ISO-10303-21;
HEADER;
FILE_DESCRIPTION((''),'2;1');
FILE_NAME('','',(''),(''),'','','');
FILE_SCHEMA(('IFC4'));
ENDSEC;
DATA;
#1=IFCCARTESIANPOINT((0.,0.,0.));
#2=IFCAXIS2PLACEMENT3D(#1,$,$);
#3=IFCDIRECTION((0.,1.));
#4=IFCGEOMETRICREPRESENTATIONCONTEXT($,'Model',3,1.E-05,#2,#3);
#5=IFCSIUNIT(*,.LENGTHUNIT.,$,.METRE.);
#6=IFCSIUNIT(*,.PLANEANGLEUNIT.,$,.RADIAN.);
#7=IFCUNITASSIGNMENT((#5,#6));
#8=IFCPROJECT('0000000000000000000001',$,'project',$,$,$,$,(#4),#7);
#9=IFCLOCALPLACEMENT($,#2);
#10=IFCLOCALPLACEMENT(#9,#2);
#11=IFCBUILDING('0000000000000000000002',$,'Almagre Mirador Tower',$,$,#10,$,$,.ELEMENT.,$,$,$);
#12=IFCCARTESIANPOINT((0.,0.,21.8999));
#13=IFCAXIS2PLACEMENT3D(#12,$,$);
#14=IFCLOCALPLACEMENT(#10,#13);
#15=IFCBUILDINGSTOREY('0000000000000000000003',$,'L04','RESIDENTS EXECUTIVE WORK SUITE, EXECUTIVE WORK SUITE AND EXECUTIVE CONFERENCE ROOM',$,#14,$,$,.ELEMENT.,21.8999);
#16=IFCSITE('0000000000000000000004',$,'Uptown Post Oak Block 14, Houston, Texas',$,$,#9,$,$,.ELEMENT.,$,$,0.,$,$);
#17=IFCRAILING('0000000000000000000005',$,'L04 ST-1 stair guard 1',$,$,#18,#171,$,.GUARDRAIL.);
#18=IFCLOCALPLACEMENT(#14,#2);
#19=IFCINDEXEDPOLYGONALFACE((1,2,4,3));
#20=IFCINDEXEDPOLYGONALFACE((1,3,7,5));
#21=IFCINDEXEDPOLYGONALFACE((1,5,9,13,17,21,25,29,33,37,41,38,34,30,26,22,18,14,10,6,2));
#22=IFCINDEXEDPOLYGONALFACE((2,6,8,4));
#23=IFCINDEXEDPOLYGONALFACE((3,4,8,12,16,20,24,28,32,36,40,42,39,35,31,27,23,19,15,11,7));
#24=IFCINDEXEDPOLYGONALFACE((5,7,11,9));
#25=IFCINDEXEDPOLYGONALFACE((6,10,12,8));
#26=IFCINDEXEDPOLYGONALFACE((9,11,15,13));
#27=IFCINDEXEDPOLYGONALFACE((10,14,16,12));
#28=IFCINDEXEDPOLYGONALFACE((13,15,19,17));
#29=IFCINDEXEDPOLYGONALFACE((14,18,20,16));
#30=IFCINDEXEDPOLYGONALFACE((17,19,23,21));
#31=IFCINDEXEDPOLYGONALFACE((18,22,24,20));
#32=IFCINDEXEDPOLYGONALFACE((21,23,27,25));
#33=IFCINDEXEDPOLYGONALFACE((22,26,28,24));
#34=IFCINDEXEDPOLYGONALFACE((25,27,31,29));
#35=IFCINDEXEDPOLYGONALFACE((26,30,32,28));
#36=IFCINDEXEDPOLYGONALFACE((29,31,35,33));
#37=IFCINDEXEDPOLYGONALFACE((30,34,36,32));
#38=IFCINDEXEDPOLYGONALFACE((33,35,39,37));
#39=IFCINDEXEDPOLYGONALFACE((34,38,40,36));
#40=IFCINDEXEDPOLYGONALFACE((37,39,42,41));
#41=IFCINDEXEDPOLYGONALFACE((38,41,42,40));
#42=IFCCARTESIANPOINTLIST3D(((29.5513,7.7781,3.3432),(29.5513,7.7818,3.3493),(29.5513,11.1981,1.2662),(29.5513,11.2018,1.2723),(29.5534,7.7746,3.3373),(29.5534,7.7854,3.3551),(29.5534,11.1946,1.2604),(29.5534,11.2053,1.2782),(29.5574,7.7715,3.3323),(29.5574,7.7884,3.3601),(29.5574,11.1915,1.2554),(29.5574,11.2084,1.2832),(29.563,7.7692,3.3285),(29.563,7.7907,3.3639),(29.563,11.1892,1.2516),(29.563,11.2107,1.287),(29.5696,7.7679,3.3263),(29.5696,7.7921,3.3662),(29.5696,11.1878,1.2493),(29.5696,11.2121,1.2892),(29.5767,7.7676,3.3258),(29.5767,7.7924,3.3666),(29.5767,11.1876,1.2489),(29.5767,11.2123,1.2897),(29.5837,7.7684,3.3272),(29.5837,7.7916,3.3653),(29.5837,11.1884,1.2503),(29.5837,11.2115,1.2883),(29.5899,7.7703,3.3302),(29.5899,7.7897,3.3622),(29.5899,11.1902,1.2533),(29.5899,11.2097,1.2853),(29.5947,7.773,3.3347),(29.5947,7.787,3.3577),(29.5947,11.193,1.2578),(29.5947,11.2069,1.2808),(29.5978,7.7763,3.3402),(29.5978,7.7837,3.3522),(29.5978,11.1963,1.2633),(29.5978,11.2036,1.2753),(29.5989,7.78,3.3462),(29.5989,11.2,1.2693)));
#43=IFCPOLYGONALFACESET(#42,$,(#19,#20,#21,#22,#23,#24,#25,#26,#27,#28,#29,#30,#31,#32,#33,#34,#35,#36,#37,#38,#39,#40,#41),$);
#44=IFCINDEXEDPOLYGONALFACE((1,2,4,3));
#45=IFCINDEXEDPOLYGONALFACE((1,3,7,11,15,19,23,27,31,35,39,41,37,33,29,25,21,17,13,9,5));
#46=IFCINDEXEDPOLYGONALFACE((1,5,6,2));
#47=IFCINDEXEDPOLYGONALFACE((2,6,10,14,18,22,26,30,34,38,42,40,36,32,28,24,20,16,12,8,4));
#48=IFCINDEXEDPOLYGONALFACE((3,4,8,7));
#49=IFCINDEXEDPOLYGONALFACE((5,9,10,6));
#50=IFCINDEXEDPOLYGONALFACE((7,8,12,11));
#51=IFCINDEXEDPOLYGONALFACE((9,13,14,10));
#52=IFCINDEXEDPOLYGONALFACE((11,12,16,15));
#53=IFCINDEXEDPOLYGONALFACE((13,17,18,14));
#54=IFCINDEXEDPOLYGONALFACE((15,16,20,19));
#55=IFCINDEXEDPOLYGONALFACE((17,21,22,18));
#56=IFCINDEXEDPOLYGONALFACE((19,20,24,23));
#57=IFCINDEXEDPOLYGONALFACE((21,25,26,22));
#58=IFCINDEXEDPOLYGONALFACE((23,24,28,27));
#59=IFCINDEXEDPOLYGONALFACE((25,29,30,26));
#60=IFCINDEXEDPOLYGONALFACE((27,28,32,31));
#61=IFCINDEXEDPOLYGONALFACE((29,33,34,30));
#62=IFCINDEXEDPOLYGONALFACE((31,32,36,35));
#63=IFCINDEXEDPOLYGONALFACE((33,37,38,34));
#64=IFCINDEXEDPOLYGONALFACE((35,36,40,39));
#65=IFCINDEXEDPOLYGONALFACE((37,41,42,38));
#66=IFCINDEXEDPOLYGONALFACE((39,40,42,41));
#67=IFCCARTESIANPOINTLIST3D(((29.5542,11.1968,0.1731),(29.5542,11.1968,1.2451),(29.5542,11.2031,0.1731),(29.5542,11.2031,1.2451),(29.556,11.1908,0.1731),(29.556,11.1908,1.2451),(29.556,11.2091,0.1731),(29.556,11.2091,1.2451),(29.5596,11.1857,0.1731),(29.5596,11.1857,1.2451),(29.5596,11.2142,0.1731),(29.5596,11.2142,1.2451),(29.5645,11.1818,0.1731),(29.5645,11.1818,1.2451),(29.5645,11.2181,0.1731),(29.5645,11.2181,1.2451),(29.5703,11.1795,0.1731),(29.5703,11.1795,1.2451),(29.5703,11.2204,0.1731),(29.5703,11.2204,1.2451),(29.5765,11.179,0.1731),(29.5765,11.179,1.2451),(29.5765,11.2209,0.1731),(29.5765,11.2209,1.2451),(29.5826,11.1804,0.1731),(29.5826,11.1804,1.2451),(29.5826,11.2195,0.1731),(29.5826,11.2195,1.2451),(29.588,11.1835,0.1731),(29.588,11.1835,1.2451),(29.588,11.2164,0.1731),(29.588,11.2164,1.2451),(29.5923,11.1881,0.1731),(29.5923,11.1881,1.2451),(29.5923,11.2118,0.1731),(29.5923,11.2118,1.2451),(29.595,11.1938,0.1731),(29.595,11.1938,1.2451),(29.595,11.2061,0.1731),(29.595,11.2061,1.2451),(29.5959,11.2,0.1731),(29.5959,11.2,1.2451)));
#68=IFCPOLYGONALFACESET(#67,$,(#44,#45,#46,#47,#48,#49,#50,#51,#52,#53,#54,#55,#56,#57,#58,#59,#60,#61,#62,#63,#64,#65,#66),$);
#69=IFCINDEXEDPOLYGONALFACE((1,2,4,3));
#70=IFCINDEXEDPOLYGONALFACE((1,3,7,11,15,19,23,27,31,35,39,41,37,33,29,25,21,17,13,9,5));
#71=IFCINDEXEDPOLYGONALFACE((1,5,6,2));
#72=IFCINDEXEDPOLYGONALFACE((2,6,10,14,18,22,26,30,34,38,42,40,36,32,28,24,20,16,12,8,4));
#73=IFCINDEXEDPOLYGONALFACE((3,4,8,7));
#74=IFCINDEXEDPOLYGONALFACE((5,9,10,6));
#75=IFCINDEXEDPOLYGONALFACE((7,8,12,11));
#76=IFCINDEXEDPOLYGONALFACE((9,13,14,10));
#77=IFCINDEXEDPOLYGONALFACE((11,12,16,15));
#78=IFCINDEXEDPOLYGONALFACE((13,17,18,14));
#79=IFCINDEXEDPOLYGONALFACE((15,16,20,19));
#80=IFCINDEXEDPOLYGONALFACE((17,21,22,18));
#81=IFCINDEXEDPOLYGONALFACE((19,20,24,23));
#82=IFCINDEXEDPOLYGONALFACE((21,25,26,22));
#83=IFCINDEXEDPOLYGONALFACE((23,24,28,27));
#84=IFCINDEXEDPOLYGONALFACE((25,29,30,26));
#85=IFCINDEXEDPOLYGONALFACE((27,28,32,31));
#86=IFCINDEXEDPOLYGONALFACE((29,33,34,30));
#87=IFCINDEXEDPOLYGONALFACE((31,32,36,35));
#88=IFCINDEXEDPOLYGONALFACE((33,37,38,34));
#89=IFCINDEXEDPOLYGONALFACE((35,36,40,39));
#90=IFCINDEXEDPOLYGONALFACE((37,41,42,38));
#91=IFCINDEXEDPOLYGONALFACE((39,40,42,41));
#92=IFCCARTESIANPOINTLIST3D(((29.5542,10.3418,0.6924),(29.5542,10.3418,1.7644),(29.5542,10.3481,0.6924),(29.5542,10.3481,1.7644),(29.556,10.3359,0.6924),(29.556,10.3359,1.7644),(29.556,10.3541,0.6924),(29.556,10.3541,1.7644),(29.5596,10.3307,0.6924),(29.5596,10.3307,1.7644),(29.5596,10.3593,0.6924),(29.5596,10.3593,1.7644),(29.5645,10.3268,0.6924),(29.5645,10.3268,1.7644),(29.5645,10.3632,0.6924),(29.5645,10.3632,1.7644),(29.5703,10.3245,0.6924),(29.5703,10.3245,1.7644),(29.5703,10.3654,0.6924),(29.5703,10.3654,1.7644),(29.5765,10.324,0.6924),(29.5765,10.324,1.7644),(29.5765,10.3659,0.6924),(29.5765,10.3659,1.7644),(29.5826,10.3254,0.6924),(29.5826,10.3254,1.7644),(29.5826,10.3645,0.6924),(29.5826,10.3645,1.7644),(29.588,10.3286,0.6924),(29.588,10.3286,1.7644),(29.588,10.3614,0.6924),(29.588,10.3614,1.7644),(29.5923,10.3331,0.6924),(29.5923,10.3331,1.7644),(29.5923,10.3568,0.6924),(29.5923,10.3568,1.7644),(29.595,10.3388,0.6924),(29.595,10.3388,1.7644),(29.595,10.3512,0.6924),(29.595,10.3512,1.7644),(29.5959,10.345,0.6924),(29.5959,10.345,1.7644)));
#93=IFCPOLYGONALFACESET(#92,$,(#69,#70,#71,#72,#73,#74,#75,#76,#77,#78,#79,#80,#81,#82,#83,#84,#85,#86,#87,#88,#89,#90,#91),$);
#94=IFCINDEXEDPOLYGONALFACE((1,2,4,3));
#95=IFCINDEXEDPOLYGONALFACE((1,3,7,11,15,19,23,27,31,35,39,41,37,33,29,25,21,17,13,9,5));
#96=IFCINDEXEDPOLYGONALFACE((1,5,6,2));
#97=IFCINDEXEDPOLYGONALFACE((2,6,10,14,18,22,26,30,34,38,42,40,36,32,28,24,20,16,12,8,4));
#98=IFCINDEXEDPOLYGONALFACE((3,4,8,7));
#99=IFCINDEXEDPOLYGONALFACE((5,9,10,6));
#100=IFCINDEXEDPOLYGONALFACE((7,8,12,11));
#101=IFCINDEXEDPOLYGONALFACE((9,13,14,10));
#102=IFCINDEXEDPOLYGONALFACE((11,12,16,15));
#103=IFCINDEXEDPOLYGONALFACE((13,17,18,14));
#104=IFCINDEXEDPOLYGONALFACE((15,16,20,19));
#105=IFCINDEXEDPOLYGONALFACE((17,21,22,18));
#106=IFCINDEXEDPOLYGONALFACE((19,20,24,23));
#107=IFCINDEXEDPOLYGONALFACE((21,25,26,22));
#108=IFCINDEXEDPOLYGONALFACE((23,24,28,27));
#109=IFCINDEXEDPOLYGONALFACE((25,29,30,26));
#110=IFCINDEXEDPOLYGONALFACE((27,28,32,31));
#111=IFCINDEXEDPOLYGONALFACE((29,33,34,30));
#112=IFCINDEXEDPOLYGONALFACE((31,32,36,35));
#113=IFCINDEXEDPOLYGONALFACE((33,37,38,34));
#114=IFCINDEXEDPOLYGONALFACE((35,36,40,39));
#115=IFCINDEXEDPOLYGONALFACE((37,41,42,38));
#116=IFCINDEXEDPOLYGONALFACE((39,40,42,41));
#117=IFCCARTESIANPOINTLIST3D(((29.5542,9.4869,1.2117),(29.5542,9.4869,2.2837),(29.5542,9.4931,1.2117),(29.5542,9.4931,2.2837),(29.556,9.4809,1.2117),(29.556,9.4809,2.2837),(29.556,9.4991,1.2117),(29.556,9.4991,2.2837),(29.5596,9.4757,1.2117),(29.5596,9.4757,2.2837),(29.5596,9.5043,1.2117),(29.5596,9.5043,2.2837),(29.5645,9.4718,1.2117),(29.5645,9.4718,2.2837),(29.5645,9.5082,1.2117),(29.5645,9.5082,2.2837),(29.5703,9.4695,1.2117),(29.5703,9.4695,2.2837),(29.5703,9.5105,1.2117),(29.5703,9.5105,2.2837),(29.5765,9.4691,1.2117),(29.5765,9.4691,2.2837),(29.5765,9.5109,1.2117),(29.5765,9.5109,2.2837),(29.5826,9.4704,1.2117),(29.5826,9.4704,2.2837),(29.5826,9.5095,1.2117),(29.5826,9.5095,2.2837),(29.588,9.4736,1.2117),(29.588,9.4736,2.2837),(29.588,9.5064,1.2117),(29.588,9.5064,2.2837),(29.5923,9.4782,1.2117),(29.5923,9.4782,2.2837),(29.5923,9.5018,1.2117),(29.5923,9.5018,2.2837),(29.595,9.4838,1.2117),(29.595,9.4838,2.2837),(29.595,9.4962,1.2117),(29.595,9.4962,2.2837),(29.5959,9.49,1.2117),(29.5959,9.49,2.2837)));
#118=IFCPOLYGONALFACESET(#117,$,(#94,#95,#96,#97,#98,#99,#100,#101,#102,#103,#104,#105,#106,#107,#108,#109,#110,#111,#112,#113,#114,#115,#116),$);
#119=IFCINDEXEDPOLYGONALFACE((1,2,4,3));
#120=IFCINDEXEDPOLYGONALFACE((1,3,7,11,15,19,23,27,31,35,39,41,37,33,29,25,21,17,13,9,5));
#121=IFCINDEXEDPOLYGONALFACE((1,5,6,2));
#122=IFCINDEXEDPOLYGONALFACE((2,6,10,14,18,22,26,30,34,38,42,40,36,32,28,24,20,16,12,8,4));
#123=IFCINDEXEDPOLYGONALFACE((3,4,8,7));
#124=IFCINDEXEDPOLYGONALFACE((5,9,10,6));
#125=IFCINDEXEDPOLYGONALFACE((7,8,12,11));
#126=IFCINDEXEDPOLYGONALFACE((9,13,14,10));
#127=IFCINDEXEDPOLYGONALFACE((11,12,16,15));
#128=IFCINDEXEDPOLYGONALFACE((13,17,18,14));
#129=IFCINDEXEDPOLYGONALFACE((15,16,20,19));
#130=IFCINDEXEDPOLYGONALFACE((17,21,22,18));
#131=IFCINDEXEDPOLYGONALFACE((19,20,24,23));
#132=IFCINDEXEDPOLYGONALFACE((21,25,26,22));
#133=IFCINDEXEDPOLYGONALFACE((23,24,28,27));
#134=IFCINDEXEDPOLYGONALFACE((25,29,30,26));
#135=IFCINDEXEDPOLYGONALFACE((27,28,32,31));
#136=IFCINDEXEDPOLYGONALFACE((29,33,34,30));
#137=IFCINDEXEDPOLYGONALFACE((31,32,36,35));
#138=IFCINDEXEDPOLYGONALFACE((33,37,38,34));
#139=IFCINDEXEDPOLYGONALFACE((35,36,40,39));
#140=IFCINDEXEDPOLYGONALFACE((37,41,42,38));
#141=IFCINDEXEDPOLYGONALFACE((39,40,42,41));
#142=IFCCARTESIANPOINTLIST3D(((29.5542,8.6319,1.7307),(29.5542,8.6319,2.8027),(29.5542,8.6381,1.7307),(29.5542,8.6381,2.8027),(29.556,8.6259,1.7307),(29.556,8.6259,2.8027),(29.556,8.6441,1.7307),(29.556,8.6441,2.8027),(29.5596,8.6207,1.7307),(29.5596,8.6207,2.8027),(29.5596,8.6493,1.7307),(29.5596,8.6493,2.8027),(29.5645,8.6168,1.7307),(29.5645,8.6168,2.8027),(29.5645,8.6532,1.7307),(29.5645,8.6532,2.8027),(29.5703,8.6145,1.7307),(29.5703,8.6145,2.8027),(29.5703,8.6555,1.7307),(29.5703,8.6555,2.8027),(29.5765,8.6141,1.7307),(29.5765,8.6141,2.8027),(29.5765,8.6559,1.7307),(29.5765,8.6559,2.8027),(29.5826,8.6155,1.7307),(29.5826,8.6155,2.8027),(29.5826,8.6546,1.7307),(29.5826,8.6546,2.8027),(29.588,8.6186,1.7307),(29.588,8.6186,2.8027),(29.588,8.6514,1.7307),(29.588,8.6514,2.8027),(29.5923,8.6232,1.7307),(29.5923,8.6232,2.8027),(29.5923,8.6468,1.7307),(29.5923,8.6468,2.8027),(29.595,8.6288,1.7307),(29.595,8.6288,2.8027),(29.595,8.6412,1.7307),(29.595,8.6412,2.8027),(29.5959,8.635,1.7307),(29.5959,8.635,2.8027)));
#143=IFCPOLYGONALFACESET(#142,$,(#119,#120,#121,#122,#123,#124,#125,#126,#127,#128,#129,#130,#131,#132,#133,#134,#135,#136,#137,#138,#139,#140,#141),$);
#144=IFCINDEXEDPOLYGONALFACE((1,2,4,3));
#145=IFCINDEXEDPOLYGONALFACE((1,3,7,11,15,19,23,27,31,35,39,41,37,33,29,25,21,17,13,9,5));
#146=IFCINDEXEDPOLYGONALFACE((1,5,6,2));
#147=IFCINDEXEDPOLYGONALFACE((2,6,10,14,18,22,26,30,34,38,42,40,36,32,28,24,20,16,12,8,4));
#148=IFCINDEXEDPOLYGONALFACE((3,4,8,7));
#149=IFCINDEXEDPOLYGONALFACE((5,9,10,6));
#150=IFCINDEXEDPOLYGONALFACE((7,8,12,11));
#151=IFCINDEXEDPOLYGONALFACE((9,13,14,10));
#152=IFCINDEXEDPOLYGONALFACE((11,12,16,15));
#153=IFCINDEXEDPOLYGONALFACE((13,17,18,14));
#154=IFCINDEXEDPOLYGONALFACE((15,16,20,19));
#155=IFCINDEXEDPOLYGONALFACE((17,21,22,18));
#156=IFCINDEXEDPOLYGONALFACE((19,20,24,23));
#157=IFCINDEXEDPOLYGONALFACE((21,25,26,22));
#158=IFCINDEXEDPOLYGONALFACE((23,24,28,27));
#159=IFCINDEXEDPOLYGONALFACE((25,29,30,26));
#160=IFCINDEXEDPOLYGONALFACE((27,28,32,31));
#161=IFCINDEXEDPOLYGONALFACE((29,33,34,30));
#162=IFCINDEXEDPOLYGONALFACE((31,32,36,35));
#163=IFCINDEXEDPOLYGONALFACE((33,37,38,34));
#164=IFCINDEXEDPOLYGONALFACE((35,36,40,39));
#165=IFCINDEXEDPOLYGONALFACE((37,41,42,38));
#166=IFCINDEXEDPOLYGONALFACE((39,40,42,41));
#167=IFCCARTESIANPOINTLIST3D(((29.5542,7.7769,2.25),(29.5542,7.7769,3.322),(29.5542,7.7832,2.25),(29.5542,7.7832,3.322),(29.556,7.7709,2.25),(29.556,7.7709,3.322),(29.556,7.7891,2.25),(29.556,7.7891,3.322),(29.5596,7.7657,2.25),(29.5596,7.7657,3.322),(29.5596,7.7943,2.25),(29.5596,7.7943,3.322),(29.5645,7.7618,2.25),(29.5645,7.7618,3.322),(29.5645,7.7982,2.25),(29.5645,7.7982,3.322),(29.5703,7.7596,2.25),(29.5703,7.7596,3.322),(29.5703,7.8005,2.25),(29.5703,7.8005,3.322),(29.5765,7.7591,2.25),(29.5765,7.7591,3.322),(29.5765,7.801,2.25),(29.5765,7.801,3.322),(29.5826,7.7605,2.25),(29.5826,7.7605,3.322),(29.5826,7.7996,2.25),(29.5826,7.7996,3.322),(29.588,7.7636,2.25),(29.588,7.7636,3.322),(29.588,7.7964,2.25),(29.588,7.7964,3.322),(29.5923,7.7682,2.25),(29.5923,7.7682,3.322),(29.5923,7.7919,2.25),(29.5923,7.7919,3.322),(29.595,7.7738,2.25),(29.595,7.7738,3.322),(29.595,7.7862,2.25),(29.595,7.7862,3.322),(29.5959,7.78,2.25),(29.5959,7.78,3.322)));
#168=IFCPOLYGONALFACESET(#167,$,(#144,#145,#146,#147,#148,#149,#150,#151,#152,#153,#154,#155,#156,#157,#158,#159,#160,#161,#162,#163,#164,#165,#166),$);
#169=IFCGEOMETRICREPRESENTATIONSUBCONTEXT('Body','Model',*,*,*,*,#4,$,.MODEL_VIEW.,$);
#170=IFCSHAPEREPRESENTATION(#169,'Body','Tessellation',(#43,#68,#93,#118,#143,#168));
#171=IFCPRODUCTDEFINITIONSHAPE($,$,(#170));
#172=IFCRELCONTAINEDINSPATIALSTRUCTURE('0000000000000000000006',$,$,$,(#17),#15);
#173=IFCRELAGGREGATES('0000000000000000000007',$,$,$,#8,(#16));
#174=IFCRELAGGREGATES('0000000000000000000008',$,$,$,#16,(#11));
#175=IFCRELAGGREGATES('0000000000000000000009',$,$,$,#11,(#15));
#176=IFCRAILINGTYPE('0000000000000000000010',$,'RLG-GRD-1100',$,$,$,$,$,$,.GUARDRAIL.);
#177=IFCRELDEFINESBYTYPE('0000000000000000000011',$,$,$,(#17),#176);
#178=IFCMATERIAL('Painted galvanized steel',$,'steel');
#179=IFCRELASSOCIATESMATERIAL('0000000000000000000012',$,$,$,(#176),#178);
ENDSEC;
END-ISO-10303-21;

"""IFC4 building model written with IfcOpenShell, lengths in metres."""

from ifc_helpers import new_model, si_unit, direction, frame, origin, origin_2d, place, context, subcontext, project, spatial, circle, extrude, material, type_object, element, save


model = new_model("IFC4")

# Units and contexts
model_context = context("Model", 3, precision=1e-05, world=origin(), true_north=direction((0.0, 1.0)))
body_context = subcontext(model_context, "Body", "Model", "MODEL_VIEW")
ifc_project = project(units=[si_unit("LENGTHUNIT", "METRE"), si_unit("PLANEANGLEUNIT", "RADIAN")], contexts=[model_context])

# Site, building, storey
site_placement = place(None, origin())
site = spatial("IfcSite", under=ifc_project, at=site_placement, Name="Uptown Post Oak Block 14, Houston, Texas", CompositionType="ELEMENT", RefElevation=0.0)
building_placement = place(site_placement, origin())
building = spatial("IfcBuilding", under=site, at=building_placement, Name="Almagre Mirador Tower", CompositionType="ELEMENT")
storey_placement = place(building_placement, frame((0.0, 0.0, 21.8999)))
storey = spatial("IfcBuildingStorey", under=building, at=storey_placement, Name="L04", Description="RESIDENTS EXECUTIVE WORK SUITE, EXECUTIVE WORK SUITE AND EXECUTIVE CONFERENCE ROOM", CompositionType="ELEMENT", Elevation=21.8999)

# Railing
ifc_material_1 = material(Name="Painted galvanized steel", Category="steel")
railing_type_1 = type_object("IfcRailingType", Name="RLG-GRD-1100", PredefinedType="GUARDRAIL", material=ifc_material_1)
railing_1_placement = place(storey_placement, frame((29.575, 11.2, 0.1731)))
element("IfcRailing", 1, at=railing_1_placement, inside=storey, type_object=railing_type_1, Name="L04 ST-1 stair guard 1", PredefinedType="GUARDRAIL", context=body_context, shape_type="SweptSolid", body=[
    extrude(circle(Radius=0.0239, at=origin_2d()), frame((0.0, 0.0, 1.0962), z_axis=(0.0, -0.85473, 0.519074), x_axis=(1.0, 0.0, 0.0)), (0.0, 0.0, 1.0), 4.0012),
    extrude(circle(Radius=0.021, at=origin_2d()), origin(), (0.0, 0.0, 1.0), 1.072),
    extrude(circle(Radius=0.021, at=origin_2d()), frame((0.0, -0.855, 0.5193)), (0.0, 0.0, 1.0), 1.072),
    extrude(circle(Radius=0.021, at=origin_2d()), frame((0.0, -1.71, 1.0386)), (0.0, 0.0, 1.0), 1.072),
    extrude(circle(Radius=0.021, at=origin_2d()), frame((0.0, -2.5649, 1.5576)), (0.0, 0.0, 1.0), 1.072),
    extrude(circle(Radius=0.021, at=origin_2d()), frame((0.0, -3.4199, 2.0769)), (0.0, 0.0, 1.0), 1.072),
])

save(model, "model.ifc")
